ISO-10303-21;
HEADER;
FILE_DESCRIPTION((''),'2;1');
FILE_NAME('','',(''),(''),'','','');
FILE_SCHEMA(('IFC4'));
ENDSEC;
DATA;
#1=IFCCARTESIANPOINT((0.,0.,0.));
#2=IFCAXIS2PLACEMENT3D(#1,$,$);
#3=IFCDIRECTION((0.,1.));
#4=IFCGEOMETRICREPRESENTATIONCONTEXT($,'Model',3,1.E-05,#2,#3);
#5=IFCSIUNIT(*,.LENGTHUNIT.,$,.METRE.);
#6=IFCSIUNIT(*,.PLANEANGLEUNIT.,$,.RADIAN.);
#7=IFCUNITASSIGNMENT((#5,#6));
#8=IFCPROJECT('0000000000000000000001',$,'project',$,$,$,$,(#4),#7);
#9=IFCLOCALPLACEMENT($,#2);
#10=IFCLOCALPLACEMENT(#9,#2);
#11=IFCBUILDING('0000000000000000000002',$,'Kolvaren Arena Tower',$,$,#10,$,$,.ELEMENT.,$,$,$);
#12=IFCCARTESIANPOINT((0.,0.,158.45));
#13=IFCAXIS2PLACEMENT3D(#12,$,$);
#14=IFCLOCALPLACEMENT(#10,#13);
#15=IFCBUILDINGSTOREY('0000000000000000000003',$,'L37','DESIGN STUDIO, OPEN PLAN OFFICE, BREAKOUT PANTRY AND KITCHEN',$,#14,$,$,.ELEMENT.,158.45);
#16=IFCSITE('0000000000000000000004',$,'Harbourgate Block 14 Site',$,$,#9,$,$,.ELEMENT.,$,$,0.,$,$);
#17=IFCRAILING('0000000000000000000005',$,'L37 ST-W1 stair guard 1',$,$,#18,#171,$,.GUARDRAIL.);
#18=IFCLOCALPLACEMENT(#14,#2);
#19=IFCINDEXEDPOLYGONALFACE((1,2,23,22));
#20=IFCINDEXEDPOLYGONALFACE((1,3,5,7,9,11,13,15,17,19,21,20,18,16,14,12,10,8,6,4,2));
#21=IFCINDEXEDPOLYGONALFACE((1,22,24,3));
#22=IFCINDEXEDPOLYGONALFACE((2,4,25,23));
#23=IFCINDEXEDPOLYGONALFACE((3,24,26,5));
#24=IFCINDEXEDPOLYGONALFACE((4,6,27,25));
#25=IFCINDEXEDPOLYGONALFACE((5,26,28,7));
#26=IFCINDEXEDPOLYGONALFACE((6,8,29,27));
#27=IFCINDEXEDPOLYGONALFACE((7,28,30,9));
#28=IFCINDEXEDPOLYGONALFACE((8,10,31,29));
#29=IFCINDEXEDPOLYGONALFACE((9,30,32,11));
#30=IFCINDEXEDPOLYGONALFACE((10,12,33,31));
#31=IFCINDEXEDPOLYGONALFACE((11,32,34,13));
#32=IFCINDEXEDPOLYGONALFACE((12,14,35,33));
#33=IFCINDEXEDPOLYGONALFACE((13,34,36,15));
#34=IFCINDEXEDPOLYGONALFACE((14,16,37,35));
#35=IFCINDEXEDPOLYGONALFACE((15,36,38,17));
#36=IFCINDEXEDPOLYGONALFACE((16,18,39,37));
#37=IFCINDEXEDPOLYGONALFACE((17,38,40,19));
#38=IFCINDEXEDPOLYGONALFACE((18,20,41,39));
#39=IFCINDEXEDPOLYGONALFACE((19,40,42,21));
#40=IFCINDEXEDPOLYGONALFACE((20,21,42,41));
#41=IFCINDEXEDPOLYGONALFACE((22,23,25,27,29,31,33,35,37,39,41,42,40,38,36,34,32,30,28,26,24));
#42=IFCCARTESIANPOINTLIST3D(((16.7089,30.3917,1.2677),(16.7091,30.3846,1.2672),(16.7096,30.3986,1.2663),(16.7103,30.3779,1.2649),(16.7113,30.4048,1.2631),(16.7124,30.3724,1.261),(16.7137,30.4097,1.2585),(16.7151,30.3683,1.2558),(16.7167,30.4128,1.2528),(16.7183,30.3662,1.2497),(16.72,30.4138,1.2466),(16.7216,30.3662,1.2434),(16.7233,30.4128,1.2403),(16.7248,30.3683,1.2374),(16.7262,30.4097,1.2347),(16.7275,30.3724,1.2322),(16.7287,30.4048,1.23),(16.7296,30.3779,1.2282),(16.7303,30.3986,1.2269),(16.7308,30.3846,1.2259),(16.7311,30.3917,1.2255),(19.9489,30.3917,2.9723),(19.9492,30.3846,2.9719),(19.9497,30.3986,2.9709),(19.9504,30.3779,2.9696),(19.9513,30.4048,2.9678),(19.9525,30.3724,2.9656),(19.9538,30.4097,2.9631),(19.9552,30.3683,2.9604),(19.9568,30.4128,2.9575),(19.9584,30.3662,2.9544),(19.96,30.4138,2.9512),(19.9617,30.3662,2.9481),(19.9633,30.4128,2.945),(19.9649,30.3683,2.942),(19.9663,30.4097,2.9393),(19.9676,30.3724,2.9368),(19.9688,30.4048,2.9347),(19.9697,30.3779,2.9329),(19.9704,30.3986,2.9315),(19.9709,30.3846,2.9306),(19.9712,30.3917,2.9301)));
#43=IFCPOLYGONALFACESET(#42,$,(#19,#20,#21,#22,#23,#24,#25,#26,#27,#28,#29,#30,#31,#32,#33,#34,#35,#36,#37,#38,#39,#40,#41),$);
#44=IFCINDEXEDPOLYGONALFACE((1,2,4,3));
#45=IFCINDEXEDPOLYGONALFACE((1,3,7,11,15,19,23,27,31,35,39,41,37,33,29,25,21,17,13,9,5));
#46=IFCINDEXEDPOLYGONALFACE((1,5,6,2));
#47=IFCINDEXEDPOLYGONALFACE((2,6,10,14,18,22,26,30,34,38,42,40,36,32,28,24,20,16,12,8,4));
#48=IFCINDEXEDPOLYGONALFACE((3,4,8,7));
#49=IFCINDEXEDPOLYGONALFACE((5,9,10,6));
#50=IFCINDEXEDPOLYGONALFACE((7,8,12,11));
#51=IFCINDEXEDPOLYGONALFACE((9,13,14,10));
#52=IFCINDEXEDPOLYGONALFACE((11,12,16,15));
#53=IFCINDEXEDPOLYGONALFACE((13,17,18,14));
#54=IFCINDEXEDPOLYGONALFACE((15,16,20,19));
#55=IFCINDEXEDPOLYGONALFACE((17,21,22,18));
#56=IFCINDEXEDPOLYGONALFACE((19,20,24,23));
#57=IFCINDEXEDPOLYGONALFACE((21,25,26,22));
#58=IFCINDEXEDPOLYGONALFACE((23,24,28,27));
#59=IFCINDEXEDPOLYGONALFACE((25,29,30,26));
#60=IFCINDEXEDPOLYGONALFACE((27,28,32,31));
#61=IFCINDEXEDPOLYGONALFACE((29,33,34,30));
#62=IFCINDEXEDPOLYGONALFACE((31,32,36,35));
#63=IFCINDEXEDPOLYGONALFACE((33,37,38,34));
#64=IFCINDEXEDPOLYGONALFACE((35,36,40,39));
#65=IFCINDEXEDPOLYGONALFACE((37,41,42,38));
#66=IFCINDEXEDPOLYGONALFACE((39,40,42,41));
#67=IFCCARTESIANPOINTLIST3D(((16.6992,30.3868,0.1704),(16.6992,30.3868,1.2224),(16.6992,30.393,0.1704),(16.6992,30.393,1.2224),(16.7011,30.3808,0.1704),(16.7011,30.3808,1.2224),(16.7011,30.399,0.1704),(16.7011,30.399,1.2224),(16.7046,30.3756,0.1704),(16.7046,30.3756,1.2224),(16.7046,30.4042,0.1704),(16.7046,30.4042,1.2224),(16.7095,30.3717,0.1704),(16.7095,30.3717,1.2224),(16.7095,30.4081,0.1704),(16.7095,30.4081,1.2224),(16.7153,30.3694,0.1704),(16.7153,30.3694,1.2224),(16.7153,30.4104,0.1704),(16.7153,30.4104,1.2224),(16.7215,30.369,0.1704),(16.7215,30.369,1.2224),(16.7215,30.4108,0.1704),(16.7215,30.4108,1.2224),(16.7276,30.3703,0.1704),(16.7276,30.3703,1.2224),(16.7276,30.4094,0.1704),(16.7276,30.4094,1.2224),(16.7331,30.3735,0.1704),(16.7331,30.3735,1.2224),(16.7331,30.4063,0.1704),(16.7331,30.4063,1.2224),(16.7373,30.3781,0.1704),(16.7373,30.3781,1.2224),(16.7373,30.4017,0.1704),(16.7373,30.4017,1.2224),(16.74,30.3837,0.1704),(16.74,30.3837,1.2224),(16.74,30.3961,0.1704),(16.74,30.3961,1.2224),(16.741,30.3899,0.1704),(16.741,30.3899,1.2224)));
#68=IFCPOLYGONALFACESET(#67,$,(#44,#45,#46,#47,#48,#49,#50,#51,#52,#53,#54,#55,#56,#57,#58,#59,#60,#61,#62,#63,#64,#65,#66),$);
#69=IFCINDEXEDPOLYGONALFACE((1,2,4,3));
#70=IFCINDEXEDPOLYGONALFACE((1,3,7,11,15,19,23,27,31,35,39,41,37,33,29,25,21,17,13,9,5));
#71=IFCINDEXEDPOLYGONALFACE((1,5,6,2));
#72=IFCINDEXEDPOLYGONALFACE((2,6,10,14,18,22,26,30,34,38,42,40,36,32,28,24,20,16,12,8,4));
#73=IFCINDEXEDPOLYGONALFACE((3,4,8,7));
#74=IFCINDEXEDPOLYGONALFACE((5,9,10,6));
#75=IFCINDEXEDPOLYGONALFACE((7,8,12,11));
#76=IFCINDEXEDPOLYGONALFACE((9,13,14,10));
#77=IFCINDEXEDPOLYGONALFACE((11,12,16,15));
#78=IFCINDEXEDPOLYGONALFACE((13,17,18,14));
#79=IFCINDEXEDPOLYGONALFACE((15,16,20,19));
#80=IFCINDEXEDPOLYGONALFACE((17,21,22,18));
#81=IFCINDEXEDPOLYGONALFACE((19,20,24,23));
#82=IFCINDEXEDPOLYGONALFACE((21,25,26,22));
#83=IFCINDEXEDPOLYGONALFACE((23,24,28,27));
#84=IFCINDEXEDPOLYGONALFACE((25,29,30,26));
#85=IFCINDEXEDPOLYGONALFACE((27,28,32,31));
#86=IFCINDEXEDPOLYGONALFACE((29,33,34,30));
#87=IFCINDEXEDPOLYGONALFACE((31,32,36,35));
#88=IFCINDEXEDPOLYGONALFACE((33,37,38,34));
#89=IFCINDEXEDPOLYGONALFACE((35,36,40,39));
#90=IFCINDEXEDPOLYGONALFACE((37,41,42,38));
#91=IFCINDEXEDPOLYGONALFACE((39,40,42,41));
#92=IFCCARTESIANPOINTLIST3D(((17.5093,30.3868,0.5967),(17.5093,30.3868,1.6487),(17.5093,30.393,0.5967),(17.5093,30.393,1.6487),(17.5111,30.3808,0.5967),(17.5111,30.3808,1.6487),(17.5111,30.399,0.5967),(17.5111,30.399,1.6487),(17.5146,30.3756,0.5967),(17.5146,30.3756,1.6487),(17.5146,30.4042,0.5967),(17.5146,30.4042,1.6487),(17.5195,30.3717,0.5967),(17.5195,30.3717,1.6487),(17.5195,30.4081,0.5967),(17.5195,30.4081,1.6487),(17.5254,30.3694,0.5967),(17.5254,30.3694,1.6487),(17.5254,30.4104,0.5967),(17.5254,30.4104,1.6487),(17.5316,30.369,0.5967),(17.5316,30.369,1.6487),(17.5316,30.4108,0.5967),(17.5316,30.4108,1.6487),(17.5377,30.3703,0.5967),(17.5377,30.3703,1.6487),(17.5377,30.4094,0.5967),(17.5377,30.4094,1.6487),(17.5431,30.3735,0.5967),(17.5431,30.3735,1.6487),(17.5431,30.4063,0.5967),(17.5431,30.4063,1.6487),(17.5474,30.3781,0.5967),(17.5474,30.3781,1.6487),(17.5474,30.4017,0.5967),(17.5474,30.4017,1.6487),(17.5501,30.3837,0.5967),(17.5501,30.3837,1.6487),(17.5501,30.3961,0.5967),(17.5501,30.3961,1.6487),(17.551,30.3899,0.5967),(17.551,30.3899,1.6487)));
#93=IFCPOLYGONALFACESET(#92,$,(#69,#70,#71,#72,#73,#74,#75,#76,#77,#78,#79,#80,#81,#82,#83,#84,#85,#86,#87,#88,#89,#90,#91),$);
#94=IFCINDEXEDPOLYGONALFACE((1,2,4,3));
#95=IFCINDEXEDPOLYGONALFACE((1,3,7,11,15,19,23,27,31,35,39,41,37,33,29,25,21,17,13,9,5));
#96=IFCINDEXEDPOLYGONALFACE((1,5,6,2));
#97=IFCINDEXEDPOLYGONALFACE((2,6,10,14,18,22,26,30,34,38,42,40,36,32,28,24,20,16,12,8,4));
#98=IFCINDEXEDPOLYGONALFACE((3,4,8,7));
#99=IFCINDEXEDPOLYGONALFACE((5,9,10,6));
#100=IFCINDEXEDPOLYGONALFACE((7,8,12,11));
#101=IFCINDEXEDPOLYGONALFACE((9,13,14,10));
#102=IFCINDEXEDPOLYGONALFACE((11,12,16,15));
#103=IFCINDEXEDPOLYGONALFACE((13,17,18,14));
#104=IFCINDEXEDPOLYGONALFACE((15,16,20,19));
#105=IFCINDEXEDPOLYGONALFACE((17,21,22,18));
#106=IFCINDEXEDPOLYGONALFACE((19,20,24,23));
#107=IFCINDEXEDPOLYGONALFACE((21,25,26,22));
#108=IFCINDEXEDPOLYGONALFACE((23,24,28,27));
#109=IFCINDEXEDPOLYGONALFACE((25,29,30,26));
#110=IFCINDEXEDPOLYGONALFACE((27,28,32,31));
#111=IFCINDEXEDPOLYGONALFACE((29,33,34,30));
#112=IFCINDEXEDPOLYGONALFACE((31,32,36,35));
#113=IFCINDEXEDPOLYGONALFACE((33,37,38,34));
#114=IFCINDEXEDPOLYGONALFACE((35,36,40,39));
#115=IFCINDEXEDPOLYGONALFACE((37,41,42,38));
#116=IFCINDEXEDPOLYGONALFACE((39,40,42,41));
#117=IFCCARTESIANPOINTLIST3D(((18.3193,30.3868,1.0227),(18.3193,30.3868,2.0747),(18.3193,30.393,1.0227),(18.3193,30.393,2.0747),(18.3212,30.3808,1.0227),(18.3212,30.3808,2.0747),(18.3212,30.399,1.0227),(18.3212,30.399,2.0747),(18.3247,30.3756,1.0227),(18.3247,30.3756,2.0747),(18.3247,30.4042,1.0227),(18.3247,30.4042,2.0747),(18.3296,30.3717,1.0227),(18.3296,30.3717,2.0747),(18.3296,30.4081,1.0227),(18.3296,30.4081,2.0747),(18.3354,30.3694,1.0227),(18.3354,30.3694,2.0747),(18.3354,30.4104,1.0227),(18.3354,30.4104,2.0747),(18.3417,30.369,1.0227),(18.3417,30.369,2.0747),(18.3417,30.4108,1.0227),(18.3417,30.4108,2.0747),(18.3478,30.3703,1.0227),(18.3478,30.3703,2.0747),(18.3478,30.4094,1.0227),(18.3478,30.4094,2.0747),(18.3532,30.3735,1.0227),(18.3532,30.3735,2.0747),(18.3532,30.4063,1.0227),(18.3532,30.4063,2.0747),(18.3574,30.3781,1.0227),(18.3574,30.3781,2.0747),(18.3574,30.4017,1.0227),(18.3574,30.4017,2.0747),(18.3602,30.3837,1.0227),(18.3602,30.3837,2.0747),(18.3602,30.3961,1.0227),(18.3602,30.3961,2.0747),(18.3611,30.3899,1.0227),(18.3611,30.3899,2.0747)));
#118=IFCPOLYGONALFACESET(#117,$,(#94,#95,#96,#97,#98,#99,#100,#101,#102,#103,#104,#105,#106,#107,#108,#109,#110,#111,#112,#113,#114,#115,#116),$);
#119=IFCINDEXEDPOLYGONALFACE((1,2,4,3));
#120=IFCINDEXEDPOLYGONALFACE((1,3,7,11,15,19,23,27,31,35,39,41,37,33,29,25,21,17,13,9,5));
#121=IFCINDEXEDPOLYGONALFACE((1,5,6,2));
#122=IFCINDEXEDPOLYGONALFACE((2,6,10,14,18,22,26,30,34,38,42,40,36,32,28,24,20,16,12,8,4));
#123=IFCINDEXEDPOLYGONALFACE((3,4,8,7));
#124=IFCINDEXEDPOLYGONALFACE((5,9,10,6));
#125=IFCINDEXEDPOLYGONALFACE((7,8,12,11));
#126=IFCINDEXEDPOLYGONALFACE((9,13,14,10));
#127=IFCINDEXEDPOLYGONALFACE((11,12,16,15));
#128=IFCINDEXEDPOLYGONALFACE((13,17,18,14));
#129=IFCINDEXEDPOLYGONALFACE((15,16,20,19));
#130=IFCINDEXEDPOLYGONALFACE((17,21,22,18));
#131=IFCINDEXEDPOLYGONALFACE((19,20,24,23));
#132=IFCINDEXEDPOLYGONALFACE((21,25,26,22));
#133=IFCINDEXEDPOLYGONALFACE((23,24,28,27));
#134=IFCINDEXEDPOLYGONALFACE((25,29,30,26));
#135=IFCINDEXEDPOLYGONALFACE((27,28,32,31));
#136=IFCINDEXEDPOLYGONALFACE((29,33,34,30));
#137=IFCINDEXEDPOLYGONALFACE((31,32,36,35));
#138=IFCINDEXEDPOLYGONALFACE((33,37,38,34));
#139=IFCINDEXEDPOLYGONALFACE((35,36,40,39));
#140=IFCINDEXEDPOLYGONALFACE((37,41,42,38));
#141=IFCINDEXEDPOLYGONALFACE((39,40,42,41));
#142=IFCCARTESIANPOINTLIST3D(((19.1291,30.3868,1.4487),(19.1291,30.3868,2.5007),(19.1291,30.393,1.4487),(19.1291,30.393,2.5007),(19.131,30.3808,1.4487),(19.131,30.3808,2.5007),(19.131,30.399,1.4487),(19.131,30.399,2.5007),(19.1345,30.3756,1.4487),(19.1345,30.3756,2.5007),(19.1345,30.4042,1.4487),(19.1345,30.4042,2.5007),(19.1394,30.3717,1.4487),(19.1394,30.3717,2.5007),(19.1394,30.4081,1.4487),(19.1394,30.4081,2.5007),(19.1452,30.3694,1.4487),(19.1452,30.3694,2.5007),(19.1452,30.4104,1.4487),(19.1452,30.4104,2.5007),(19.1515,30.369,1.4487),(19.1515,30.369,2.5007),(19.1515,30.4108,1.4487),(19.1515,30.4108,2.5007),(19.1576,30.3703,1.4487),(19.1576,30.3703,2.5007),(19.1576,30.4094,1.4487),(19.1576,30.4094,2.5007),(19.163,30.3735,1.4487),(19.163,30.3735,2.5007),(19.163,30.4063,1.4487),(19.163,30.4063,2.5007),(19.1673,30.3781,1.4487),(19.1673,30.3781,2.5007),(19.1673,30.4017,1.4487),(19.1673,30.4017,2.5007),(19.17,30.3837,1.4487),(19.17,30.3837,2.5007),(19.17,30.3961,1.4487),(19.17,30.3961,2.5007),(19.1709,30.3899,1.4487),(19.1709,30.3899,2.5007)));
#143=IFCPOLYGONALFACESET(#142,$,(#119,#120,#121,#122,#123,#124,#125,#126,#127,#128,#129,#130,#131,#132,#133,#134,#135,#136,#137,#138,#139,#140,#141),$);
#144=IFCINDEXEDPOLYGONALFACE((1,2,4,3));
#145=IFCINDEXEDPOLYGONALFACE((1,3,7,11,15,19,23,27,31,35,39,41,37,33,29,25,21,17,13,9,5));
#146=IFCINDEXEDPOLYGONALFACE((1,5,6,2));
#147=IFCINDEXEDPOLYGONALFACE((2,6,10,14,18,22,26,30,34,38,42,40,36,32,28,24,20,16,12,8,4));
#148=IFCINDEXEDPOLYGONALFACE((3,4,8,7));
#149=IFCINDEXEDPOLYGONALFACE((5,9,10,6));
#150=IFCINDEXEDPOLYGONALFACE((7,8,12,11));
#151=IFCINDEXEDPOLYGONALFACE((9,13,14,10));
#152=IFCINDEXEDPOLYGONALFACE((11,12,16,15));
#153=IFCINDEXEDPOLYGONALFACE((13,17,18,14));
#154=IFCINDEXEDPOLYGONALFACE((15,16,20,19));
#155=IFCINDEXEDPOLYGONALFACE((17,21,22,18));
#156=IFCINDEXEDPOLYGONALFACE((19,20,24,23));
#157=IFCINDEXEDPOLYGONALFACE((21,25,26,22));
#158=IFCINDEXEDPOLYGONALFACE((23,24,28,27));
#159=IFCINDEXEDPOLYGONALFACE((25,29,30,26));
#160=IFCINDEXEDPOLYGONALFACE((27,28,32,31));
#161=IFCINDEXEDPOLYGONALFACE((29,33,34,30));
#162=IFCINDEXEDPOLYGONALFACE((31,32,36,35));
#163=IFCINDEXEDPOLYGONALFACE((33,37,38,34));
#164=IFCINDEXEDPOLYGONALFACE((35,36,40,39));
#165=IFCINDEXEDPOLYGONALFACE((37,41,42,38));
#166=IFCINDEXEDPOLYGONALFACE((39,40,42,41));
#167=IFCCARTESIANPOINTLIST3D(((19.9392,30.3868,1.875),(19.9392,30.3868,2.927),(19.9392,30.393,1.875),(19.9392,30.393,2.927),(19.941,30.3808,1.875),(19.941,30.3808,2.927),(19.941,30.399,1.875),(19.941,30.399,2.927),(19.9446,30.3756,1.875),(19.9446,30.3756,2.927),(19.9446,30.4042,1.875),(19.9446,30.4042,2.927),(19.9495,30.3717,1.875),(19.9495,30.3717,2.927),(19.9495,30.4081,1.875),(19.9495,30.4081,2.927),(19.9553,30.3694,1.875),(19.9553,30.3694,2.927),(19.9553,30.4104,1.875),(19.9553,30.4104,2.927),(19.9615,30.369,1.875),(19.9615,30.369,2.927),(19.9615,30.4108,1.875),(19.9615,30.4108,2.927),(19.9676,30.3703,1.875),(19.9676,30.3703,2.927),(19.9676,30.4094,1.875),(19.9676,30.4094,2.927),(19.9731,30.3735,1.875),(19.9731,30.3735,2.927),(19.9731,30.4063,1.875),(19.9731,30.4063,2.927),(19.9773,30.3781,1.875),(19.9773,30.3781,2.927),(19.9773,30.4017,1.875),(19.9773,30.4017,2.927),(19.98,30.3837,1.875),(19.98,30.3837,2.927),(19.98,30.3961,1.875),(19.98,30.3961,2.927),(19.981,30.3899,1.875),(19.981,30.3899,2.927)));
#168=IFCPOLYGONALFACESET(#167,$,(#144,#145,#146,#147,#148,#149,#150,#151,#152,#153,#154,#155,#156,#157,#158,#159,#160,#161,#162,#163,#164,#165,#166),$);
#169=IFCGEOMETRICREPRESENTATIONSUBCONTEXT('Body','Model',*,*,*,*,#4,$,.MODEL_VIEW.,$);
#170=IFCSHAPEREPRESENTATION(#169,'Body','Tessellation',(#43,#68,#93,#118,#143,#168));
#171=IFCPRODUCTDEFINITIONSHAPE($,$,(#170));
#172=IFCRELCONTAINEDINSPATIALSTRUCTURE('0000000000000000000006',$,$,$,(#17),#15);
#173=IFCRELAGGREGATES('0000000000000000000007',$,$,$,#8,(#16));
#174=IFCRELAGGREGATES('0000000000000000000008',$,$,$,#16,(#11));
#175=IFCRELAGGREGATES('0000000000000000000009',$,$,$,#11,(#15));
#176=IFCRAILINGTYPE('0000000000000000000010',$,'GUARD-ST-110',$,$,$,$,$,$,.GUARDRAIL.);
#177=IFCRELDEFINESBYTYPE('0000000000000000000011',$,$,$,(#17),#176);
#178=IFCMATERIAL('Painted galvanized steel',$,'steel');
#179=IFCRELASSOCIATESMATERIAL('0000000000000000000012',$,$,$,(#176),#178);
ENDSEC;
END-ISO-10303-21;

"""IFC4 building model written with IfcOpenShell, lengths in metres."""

from ifc_helpers import new_model, si_unit, direction, frame, origin, origin_2d, place, context, subcontext, project, spatial, circle, extrude, material, type_object, element, save


model = new_model("IFC4")

# Units and contexts
model_context = context("Model", 3, precision=1e-05, world=origin(), true_north=direction((0.0, 1.0)))
body_context = subcontext(model_context, "Body", "Model", "MODEL_VIEW")
ifc_project = project(units=[si_unit("LENGTHUNIT", "METRE"), si_unit("PLANEANGLEUNIT", "RADIAN")], contexts=[model_context])

# Site, building, storey
site_placement = place(None, origin())
site = spatial("IfcSite", under=ifc_project, at=site_placement, Name="Harbourgate Block 14 Site", CompositionType="ELEMENT", RefElevation=0.0)
building_placement = place(site_placement, origin())
building = spatial("IfcBuilding", under=site, at=building_placement, Name="Kolvaren Arena Tower", CompositionType="ELEMENT")
storey_placement = place(building_placement, frame((0.0, 0.0, 158.45)))
storey = spatial("IfcBuildingStorey", under=building, at=storey_placement, Name="L37", Description="DESIGN STUDIO, OPEN PLAN OFFICE, BREAKOUT PANTRY AND KITCHEN", CompositionType="ELEMENT", Elevation=158.45)

# Railing
ifc_material_1 = material(Name="Painted galvanized steel", Category="steel")
railing_type_1 = type_object("IfcRailingType", Name="GUARD-ST-110", PredefinedType="GUARDRAIL", material=ifc_material_1)
railing_1_placement = place(storey_placement, frame((16.72, 30.3899, 0.1704)))
element("IfcRailing", 1, at=railing_1_placement, inside=storey, type_object=railing_type_1, Name="L37 ST-W1 stair guard 1", PredefinedType="GUARDRAIL", context=body_context, shape_type="SweptSolid", body=[
    extrude(circle(Radius=0.0239, at=origin_2d()), frame((0.0, 0.0, 1.0762), z_axis=(0.884993, 0.0, 0.465604), x_axis=(0.0, 1.0, 0.0)), (0.0, 0.0, 1.0), 3.6611),
    extrude(circle(Radius=0.021, at=origin_2d()), origin(), (0.0, 0.0, 1.0), 1.052),
    extrude(circle(Radius=0.021, at=origin_2d()), frame((0.8101, 0.0, 0.4263)), (0.0, 0.0, 1.0), 1.052),
    extrude(circle(Radius=0.021, at=origin_2d()), frame((1.6201, 0.0, 0.8523)), (0.0, 0.0, 1.0), 1.052),
    extrude(circle(Radius=0.021, at=origin_2d()), frame((2.4299, 0.0, 1.2783)), (0.0, 0.0, 1.0), 1.052),
    extrude(circle(Radius=0.021, at=origin_2d()), frame((3.24, 0.0, 1.7046)), (0.0, 0.0, 1.0), 1.052),
])

save(model, "model.ifc")
